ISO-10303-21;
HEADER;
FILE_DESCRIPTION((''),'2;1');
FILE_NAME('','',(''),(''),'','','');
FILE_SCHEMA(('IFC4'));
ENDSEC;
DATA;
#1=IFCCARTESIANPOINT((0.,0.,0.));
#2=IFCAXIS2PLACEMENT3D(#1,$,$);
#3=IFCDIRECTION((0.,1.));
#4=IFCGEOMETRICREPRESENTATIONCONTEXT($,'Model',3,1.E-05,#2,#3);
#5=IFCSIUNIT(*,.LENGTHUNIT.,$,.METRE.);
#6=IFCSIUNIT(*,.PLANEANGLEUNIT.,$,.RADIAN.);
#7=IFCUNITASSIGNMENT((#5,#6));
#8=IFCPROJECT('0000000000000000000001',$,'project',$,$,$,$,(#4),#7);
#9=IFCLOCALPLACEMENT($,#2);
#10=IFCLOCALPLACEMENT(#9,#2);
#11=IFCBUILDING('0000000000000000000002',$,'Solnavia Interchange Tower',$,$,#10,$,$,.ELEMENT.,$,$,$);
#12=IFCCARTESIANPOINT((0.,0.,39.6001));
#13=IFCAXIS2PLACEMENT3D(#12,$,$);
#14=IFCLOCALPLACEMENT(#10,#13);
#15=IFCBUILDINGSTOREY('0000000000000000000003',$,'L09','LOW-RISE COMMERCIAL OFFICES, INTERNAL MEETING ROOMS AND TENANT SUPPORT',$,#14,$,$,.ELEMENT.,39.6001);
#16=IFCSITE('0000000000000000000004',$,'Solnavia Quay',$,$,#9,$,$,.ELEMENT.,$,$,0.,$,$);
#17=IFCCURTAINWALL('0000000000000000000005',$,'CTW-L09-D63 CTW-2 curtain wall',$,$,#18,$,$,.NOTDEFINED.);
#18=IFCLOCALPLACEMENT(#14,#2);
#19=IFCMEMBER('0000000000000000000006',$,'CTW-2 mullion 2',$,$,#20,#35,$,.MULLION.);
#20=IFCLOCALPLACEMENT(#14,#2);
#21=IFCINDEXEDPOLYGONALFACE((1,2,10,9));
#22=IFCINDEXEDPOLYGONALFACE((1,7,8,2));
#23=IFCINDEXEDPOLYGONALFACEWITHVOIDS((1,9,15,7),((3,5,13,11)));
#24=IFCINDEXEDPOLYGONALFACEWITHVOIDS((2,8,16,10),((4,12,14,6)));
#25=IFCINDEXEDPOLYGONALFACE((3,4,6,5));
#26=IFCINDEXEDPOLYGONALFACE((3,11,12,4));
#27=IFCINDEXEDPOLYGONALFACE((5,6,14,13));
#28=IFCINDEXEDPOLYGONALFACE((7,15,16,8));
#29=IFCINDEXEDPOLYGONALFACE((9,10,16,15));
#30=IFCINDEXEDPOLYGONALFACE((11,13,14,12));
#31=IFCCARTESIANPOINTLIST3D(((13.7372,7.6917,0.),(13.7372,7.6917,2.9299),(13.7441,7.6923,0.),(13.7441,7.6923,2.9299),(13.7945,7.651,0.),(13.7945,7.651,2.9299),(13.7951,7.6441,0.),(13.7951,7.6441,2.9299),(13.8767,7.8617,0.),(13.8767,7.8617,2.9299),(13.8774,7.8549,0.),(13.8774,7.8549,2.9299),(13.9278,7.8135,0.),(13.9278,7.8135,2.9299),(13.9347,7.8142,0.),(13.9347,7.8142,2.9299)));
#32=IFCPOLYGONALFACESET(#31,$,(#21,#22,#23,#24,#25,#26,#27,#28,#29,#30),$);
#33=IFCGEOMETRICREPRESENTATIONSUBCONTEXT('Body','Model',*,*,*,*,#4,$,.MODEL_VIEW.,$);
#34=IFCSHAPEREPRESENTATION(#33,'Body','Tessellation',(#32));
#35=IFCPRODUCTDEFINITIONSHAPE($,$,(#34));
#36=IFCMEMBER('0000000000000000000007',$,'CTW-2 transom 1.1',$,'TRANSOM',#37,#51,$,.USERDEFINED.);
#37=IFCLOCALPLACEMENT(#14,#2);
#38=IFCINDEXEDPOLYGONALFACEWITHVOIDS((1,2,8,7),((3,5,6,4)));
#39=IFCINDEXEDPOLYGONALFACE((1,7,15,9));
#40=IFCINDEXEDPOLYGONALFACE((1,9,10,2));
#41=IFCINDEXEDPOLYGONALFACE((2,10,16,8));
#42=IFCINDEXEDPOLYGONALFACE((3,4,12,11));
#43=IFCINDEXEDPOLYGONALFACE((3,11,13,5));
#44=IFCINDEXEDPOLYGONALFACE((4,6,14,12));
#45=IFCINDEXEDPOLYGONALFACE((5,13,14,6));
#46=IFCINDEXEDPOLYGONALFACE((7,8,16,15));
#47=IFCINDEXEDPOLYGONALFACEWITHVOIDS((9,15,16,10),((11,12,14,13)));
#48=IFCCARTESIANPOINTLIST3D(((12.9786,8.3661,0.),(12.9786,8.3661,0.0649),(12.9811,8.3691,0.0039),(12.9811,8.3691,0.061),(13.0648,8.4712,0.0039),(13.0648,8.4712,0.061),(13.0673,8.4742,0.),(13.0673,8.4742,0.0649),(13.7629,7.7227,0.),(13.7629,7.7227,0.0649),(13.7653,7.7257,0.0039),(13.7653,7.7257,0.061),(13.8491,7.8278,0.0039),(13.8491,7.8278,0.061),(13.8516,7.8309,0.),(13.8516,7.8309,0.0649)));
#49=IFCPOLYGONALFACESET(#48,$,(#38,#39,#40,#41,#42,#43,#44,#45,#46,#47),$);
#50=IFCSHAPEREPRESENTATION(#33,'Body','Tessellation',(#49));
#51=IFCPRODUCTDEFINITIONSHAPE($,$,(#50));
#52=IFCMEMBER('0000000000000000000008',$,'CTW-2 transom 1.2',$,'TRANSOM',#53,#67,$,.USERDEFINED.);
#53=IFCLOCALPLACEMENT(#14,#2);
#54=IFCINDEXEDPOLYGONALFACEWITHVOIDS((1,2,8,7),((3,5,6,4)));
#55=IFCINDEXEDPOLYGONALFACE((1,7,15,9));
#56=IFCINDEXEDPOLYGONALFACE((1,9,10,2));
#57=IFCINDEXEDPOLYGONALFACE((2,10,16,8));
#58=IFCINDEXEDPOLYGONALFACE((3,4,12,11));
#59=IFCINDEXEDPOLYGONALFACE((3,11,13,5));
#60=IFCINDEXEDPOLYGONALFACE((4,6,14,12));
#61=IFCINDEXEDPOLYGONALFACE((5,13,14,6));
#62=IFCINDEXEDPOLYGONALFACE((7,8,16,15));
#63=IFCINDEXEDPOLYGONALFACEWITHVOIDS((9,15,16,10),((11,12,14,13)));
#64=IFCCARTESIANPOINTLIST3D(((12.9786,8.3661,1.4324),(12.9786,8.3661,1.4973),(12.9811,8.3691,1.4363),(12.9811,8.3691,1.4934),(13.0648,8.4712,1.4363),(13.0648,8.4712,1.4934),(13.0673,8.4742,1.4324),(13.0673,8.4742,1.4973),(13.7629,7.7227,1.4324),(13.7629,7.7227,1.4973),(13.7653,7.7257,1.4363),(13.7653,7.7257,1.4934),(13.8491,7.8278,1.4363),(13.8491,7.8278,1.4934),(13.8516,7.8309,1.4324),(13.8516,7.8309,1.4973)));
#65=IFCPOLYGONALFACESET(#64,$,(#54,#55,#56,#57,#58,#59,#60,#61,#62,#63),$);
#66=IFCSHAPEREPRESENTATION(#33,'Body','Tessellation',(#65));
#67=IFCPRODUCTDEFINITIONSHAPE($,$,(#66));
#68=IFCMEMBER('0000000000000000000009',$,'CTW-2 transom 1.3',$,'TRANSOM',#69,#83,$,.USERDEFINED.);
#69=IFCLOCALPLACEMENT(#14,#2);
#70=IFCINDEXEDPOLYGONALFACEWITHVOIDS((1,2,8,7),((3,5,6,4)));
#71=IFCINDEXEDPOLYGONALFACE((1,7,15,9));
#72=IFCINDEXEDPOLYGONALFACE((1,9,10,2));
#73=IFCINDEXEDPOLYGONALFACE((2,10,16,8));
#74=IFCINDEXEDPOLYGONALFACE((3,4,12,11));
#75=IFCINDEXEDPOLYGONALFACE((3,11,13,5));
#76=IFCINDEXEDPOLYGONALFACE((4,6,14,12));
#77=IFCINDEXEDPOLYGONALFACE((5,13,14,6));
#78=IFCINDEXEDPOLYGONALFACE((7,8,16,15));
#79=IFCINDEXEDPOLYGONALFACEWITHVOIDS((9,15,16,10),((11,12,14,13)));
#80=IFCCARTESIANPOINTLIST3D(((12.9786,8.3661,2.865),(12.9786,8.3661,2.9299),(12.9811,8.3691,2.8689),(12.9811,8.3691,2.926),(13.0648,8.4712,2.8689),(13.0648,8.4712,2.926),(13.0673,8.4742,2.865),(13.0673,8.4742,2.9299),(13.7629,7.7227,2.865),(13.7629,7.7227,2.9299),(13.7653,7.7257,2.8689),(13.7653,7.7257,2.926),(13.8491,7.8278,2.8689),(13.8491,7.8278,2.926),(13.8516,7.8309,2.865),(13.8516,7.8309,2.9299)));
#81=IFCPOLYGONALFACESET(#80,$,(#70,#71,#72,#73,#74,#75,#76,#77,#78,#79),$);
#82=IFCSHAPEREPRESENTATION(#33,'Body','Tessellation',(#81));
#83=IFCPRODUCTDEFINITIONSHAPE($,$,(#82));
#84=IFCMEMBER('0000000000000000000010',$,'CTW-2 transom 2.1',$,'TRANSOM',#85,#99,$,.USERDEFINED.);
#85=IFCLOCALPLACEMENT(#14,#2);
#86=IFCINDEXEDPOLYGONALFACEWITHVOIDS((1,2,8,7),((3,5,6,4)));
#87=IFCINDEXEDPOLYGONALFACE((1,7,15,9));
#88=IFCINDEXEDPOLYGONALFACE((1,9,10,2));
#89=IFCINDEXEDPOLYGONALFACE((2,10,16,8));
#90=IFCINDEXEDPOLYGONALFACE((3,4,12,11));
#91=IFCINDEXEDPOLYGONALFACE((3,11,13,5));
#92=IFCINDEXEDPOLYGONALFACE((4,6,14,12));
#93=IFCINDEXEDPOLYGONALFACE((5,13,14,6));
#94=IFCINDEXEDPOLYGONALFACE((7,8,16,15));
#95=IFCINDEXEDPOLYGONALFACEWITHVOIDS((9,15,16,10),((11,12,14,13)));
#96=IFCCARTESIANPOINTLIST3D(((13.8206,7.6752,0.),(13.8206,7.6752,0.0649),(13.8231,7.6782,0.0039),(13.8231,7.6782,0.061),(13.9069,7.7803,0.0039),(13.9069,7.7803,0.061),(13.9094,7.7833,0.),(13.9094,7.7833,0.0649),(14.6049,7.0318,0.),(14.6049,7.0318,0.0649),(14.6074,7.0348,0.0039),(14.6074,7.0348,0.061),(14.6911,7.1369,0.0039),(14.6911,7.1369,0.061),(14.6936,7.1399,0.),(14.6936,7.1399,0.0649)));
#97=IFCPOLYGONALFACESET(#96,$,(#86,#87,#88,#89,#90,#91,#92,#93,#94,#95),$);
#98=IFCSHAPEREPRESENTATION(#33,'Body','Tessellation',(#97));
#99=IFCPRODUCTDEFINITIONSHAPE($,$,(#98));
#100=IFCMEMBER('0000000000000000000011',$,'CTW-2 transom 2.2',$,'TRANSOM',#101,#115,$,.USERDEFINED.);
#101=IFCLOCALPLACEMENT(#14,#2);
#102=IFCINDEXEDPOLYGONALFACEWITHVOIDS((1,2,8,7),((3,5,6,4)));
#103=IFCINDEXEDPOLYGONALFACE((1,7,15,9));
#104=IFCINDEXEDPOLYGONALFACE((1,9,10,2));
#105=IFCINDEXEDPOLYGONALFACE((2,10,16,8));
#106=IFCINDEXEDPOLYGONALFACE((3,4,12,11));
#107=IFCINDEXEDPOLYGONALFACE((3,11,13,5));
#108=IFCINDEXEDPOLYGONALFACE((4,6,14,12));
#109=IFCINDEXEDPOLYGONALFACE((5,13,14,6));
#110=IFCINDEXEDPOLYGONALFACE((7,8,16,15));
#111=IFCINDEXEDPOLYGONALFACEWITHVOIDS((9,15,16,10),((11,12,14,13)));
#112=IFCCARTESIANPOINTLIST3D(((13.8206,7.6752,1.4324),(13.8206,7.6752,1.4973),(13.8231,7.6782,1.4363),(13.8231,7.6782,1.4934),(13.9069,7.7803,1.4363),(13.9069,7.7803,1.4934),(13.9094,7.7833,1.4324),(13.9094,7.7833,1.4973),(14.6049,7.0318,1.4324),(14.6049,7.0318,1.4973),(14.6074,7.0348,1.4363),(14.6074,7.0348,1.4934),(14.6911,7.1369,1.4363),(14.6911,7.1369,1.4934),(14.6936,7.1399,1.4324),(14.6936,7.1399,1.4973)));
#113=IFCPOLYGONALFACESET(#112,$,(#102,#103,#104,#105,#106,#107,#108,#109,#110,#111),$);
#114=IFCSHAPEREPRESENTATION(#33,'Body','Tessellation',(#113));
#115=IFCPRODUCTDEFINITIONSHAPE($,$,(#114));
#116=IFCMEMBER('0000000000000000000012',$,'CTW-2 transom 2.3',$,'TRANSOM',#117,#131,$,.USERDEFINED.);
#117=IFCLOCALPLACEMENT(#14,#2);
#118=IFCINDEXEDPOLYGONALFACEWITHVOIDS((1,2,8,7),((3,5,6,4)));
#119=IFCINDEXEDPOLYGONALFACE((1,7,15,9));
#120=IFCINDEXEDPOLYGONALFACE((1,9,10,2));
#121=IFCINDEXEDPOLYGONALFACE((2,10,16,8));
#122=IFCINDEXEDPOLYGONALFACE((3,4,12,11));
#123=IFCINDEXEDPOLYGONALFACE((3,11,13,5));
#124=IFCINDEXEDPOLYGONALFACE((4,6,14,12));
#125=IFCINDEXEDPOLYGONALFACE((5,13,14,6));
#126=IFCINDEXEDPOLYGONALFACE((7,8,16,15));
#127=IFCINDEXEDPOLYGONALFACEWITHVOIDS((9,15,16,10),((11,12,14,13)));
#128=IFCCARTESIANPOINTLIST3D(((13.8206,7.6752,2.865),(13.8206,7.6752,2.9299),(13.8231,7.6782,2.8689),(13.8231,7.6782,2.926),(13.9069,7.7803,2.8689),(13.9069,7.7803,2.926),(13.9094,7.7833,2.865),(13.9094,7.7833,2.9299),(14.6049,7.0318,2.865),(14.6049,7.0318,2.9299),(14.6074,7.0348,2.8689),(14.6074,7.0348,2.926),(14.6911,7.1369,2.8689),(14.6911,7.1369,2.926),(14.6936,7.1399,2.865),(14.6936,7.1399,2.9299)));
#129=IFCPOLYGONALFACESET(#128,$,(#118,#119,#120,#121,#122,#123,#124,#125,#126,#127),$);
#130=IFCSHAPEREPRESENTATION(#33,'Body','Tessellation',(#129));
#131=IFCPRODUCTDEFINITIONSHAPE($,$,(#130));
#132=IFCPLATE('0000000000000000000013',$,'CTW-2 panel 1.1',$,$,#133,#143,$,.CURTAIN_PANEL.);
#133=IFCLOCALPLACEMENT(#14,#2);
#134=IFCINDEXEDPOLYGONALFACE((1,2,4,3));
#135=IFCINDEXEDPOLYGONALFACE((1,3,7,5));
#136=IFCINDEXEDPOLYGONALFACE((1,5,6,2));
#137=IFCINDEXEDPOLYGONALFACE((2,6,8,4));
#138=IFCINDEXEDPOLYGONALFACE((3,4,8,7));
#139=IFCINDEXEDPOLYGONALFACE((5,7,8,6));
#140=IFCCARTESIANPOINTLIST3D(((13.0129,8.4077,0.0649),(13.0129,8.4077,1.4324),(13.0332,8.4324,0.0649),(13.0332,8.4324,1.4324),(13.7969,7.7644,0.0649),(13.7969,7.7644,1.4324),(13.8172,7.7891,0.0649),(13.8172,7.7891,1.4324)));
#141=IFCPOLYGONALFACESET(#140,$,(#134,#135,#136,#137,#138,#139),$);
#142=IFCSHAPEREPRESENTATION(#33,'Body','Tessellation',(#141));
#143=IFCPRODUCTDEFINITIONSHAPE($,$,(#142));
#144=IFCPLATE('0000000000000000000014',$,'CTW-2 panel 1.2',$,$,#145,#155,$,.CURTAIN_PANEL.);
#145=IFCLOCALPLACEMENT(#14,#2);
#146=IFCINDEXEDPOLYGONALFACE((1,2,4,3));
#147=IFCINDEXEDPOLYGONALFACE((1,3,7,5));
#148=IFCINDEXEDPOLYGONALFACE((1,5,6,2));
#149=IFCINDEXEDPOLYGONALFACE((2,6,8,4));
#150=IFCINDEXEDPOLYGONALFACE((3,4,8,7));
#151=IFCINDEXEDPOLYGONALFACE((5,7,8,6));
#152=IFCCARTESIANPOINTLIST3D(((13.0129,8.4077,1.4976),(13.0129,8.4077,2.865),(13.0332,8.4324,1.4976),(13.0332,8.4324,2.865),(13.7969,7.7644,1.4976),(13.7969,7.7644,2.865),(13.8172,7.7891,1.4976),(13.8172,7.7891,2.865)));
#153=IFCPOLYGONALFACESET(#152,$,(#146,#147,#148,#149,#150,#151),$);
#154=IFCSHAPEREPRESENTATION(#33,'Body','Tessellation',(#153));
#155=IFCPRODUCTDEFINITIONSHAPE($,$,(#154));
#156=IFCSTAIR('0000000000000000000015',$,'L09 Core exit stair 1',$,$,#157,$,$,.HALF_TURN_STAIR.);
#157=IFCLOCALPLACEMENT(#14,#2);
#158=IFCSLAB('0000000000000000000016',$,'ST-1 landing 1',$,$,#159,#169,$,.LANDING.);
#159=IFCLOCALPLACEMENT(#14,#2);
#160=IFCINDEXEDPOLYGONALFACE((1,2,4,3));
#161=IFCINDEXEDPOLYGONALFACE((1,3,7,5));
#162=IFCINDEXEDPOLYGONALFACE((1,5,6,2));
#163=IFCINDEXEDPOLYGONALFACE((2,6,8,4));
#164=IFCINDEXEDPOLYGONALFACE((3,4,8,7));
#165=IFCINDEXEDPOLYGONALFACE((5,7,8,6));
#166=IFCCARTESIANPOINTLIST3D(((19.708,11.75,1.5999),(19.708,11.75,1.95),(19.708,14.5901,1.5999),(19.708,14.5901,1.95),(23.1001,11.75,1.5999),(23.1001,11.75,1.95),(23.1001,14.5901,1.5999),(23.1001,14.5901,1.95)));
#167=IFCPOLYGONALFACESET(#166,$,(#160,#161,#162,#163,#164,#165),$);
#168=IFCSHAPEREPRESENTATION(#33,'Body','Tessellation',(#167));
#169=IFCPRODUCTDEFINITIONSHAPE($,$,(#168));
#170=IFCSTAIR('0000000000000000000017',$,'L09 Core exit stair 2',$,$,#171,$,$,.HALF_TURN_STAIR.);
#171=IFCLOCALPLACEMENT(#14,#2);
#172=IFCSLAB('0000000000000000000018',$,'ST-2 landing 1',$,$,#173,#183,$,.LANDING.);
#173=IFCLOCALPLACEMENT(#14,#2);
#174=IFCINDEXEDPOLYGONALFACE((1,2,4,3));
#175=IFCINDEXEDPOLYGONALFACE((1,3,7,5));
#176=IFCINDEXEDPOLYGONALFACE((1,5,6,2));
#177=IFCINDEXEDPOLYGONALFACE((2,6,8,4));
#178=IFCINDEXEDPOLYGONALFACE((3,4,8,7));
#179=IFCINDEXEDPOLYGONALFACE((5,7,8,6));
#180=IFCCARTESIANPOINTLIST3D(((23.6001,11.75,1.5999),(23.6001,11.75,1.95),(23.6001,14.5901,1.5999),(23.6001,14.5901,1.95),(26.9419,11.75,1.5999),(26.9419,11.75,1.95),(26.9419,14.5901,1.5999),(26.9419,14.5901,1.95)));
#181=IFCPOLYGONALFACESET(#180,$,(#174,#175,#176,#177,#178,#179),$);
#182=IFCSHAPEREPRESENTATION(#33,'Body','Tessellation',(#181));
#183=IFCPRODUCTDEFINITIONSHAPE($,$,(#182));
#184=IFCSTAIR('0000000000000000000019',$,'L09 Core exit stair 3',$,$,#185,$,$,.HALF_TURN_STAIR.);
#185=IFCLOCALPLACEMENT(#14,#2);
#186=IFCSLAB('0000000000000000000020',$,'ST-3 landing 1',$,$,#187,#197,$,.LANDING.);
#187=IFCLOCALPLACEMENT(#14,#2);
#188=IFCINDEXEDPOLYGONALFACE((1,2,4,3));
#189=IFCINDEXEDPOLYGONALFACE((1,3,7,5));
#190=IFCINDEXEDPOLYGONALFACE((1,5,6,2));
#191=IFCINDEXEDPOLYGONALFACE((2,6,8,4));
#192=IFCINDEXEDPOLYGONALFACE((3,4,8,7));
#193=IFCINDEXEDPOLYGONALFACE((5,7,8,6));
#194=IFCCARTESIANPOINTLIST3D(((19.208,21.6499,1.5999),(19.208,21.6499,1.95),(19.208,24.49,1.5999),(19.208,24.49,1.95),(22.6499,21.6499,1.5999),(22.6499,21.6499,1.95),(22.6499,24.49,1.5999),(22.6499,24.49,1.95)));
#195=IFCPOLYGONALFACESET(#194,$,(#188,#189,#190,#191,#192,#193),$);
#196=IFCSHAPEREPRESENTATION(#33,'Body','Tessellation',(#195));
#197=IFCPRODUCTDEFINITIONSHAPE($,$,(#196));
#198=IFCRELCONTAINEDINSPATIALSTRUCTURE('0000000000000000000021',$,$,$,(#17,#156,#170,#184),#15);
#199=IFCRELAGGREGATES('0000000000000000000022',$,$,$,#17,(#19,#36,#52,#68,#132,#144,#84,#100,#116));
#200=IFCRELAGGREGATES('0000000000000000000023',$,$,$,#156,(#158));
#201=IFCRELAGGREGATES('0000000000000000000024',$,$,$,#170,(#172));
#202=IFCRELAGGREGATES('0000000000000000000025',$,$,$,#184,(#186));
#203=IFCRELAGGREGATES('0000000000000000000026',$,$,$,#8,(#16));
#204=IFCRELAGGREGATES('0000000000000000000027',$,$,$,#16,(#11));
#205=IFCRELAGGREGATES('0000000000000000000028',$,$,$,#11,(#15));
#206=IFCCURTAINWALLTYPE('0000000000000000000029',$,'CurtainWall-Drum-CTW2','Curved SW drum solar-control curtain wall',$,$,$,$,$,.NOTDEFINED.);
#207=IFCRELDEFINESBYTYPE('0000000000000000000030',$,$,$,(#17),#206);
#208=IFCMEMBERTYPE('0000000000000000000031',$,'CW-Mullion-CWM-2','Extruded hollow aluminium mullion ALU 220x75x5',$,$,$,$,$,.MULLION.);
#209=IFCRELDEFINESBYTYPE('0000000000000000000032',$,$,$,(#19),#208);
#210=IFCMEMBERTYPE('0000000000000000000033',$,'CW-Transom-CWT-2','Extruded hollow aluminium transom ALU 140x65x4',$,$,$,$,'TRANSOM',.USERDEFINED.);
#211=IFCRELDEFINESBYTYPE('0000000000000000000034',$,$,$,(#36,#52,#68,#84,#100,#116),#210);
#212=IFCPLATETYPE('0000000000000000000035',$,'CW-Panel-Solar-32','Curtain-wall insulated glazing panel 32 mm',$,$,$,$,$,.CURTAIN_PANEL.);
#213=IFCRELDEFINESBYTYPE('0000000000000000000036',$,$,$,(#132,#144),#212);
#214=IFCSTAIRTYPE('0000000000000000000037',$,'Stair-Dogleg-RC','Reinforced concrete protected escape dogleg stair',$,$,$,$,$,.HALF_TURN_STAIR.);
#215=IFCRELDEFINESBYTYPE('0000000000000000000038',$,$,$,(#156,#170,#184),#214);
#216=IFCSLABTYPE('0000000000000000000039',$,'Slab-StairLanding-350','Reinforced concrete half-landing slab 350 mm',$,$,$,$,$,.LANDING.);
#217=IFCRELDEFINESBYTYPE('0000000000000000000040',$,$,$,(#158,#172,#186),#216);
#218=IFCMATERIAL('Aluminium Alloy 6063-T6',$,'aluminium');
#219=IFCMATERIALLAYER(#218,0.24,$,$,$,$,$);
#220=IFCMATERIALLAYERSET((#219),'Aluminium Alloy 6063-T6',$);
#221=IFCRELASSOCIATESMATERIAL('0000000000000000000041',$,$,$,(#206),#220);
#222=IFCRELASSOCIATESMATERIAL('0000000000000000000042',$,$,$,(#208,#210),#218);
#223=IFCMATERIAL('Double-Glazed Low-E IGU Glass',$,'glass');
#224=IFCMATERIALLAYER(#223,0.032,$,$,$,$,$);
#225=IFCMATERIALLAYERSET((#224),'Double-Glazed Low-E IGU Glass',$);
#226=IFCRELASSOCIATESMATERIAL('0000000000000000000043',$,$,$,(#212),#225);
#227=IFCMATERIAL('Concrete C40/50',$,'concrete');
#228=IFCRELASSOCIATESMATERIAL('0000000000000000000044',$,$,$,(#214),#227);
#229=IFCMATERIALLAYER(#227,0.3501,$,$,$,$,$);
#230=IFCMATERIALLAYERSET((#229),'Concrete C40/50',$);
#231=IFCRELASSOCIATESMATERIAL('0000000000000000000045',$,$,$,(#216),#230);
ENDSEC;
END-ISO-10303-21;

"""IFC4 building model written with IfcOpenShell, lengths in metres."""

from ifc_helpers import new_model, si_unit, direction, frame, origin, origin_2d, place, context, subcontext, project, spatial, polyline, rectangle, hollow_rectangle, outline, extrude, material, layer, layer_set, material_profile, profile_set, type_object, element, aggregate, save


model = new_model("IFC4")

# Units and contexts
model_context = context("Model", 3, precision=1e-05, world=origin(), true_north=direction((0.0, 1.0)))
body_context = subcontext(model_context, "Body", "Model", "MODEL_VIEW")
ifc_project = project(units=[si_unit("LENGTHUNIT", "METRE"), si_unit("PLANEANGLEUNIT", "RADIAN")], contexts=[model_context])

# Site, building, storey
site_placement = place(None, origin())
site = spatial("IfcSite", under=ifc_project, at=site_placement, Name="Solnavia Quay", CompositionType="ELEMENT", RefElevation=0.0)
building_placement = place(site_placement, origin())
building = spatial("IfcBuilding", under=site, at=building_placement, Name="Solnavia Interchange Tower", CompositionType="ELEMENT")
storey_placement = place(building_placement, frame((0.0, 0.0, 39.6001)))
storey = spatial("IfcBuildingStorey", under=building, at=storey_placement, Name="L09", Description="LOW-RISE COMMERCIAL OFFICES, INTERNAL MEETING ROOMS AND TENANT SUPPORT", CompositionType="ELEMENT", Elevation=39.6001)

# Curtain wall, members, plates
ifc_material_1 = material(Name="Aluminium Alloy 6063-T6", Category="aluminium")
ifc_layer_1 = layer(ifc_material_1, 0.24)
ifc_layer_set_1 = layer_set([ifc_layer_1], Name="Aluminium Alloy 6063-T6")
curtain_wall_type = type_object("IfcCurtainWallType", Name="CurtainWall-Drum-CTW2", Description="Curved SW drum solar-control curtain wall", PredefinedType="NOTDEFINED", material=ifc_layer_set_1)
curtain_wall_placement = place(storey_placement, origin())
curtain_wall = element("IfcCurtainWall", 1, at=curtain_wall_placement, inside=storey, type_object=curtain_wall_type, Name="CTW-L09-D63 CTW-2 curtain wall", PredefinedType="NOTDEFINED")
ifc_material_profile_1 = material_profile(ifc_material_1, hollow_rectangle(XDim=0.075, YDim=0.22, WallThickness=0.0049, at=origin_2d()), Name="ALU 220x75x5")
ifc_profile_set_1 = profile_set([ifc_material_profile_1], Name="Aluminium Alloy 6063-T6")
member_type_1 = type_object("IfcMemberType", Name="CW-Mullion-CWM-2", Description="Extruded hollow aluminium mullion ALU 220x75x5", PredefinedType="MULLION", material=ifc_profile_set_1)
member_1_placement = place(storey_placement, frame((13.8359, 7.7529, 0.0), z_axis=(0.0, 0.0, 1.0), x_axis=(0.773095, -0.634291, 0.0)))
member_1 = element("IfcMember", 2, at=member_1_placement, type_object=member_type_1, Name="CTW-2 mullion 2", PredefinedType="MULLION", context=body_context, shape_type="SweptSolid", body=[
    extrude(hollow_rectangle(XDim=0.075, YDim=0.22, WallThickness=0.0049, at=origin_2d()), origin(), (0.0, 0.0, 1.0), 2.9299),
])
ifc_material_profile_2 = material_profile(ifc_material_1, hollow_rectangle(XDim=0.0649, YDim=0.1399, WallThickness=0.0039, at=origin_2d()), Name="ALU 140x65x4")
ifc_profile_set_2 = profile_set([ifc_material_profile_2], Name="Aluminium Alloy 6063-T6")
member_type_2 = type_object("IfcMemberType", Name="CW-Transom-CWT-2", Description="Extruded hollow aluminium transom ALU 140x65x4", ElementType="TRANSOM", PredefinedType="USERDEFINED", material=ifc_profile_set_2)
member_2_placement = place(storey_placement, frame((13.0229, 8.4202, 0.0325), z_axis=(0.773131, -0.634247, 0.0), x_axis=(0.0, 0.0, 1.0)))
member_2 = element("IfcMember", 3, at=member_2_placement, type_object=member_type_2, Name="CTW-2 transom 1.1", ObjectType="TRANSOM", PredefinedType="USERDEFINED", context=body_context, shape_type="SweptSolid", body=[
    extrude(hollow_rectangle(XDim=0.0649, YDim=0.1399, WallThickness=0.0039, at=origin_2d()), origin(), (0.0, 0.0, 1.0), 1.0144),
])
member_3_placement = place(storey_placement, frame((13.0229, 8.4202, 1.4648), z_axis=(0.773131, -0.634247, 0.0), x_axis=(0.0, 0.0, 1.0)))
member_3 = element("IfcMember", 4, at=member_3_placement, type_object=member_type_2, Name="CTW-2 transom 1.2", ObjectType="TRANSOM", PredefinedType="USERDEFINED", context=body_context, shape_type="SweptSolid", body=[
    extrude(hollow_rectangle(XDim=0.0649, YDim=0.1399, WallThickness=0.0039, at=origin_2d()), origin(), (0.0, 0.0, 1.0), 1.0144),
])
member_4_placement = place(storey_placement, frame((13.0229, 8.4202, 2.8975), z_axis=(0.773131, -0.634247, 0.0), x_axis=(0.0, 0.0, 1.0)))
member_4 = element("IfcMember", 5, at=member_4_placement, type_object=member_type_2, Name="CTW-2 transom 1.3", ObjectType="TRANSOM", PredefinedType="USERDEFINED", context=body_context, shape_type="SweptSolid", body=[
    extrude(hollow_rectangle(XDim=0.0649, YDim=0.1399, WallThickness=0.0039, at=origin_2d()), origin(), (0.0, 0.0, 1.0), 1.0144),
])
member_5_placement = place(storey_placement, frame((13.865, 7.7292, 0.0325), z_axis=(0.773131, -0.634247, 0.0), x_axis=(0.0, 0.0, 1.0)))
member_5 = element("IfcMember", 6, at=member_5_placement, type_object=member_type_2, Name="CTW-2 transom 2.1", ObjectType="TRANSOM", PredefinedType="USERDEFINED", context=body_context, shape_type="SweptSolid", body=[
    extrude(hollow_rectangle(XDim=0.0649, YDim=0.1399, WallThickness=0.0039, at=origin_2d()), origin(), (0.0, 0.0, 1.0), 1.0144),
])
member_6_placement = place(storey_placement, frame((13.865, 7.7292, 1.4648), z_axis=(0.773131, -0.634247, 0.0), x_axis=(0.0, 0.0, 1.0)))
member_6 = element("IfcMember", 7, at=member_6_placement, type_object=member_type_2, Name="CTW-2 transom 2.2", ObjectType="TRANSOM", PredefinedType="USERDEFINED", context=body_context, shape_type="SweptSolid", body=[
    extrude(hollow_rectangle(XDim=0.0649, YDim=0.1399, WallThickness=0.0039, at=origin_2d()), origin(), (0.0, 0.0, 1.0), 1.0144),
])
member_7_placement = place(storey_placement, frame((13.865, 7.7292, 2.8975), z_axis=(0.773131, -0.634247, 0.0), x_axis=(0.0, 0.0, 1.0)))
member_7 = element("IfcMember", 8, at=member_7_placement, type_object=member_type_2, Name="CTW-2 transom 2.3", ObjectType="TRANSOM", PredefinedType="USERDEFINED", context=body_context, shape_type="SweptSolid", body=[
    extrude(hollow_rectangle(XDim=0.0649, YDim=0.1399, WallThickness=0.0039, at=origin_2d()), origin(), (0.0, 0.0, 1.0), 1.0144),
])
ifc_material_2 = material(Name="Double-Glazed Low-E IGU Glass", Category="glass")
ifc_layer_2 = layer(ifc_material_2, 0.032)
ifc_layer_set_2 = layer_set([ifc_layer_2], Name="Double-Glazed Low-E IGU Glass")
plate_type = type_object("IfcPlateType", Name="CW-Panel-Solar-32", Description="Curtain-wall insulated glazing panel 32 mm", PredefinedType="CURTAIN_PANEL", material=ifc_layer_set_2)
plate_1_placement = place(storey_placement, frame((13.415, 8.0984, 0.0649), z_axis=(0.0, 0.0, 1.0), x_axis=(0.773095, -0.634291, 0.0)))
plate_1 = element("IfcPlate", 9, at=plate_1_placement, type_object=plate_type, Name="CTW-2 panel 1.1", PredefinedType="CURTAIN_PANEL", context=body_context, shape_type="SweptSolid", body=[
    extrude(rectangle(XDim=1.0142, YDim=0.032, at=origin_2d()), origin(), (0.0, 0.0, 1.0), 1.3674),
])
plate_2_placement = place(storey_placement, frame((13.415, 8.0984, 1.4976), z_axis=(0.0, 0.0, 1.0), x_axis=(0.773095, -0.634291, 0.0)))
plate_2 = element("IfcPlate", 10, at=plate_2_placement, type_object=plate_type, Name="CTW-2 panel 1.2", PredefinedType="CURTAIN_PANEL", context=body_context, shape_type="SweptSolid", body=[
    extrude(rectangle(XDim=1.0142, YDim=0.032, at=origin_2d()), origin(), (0.0, 0.0, 1.0), 1.3674),
])
aggregate(curtain_wall, [member_1, member_2, member_3, member_4, plate_1, plate_2, member_5, member_6, member_7])

# Stairs, slabs
ifc_material_3 = material(Name="Concrete C40/50", Category="concrete")
stair_type = type_object("IfcStairType", Name="Stair-Dogleg-RC", Description="Reinforced concrete protected escape dogleg stair", PredefinedType="HALF_TURN_STAIR", material=ifc_material_3)
stair_1_placement = place(storey_placement, origin())
stair_1 = element("IfcStair", 11, at=stair_1_placement, inside=storey, type_object=stair_type, Name="L09 Core exit stair 1", PredefinedType="HALF_TURN_STAIR")
ifc_layer_3 = layer(ifc_material_3, 0.3501)
ifc_layer_set_3 = layer_set([ifc_layer_3], Name="Concrete C40/50")
slab_type_1 = type_object("IfcSlabType", Name="Slab-StairLanding-350", Description="Reinforced concrete half-landing slab 350 mm", PredefinedType="LANDING", material=ifc_layer_set_3)
slab_1_placement = place(storey_placement, frame((0.0, 0.0, 1.5999)))
slab_1 = element("IfcSlab", 12, at=slab_1_placement, type_object=slab_type_1, Name="ST-1 landing 1", PredefinedType="LANDING", context=body_context, shape_type="SweptSolid", body=[
    extrude(outline(polyline([(19.708, 11.75), (23.1001, 11.75), (23.1001, 14.5901), (19.708, 14.5901), (19.708, 11.75)])), origin(), (0.0, 0.0, 1.0), 0.3501),
])
aggregate(stair_1, [slab_1])
stair_2_placement = place(storey_placement, origin())
stair_2 = element("IfcStair", 13, at=stair_2_placement, inside=storey, type_object=stair_type, Name="L09 Core exit stair 2", PredefinedType="HALF_TURN_STAIR")
slab_2_placement = place(storey_placement, frame((0.0, 0.0, 1.5999)))
slab_2 = element("IfcSlab", 14, at=slab_2_placement, type_object=slab_type_1, Name="ST-2 landing 1", PredefinedType="LANDING", context=body_context, shape_type="SweptSolid", body=[
    extrude(outline(polyline([(23.6001, 11.75), (26.9419, 11.75), (26.9419, 14.5901), (23.6001, 14.5901), (23.6001, 11.75)])), origin(), (0.0, 0.0, 1.0), 0.3501),
])
aggregate(stair_2, [slab_2])
stair_3_placement = place(storey_placement, origin())
stair_3 = element("IfcStair", 15, at=stair_3_placement, inside=storey, type_object=stair_type, Name="L09 Core exit stair 3", PredefinedType="HALF_TURN_STAIR")
slab_3_placement = place(storey_placement, frame((0.0, 0.0, 1.5999)))
slab_3 = element("IfcSlab", 16, at=slab_3_placement, type_object=slab_type_1, Name="ST-3 landing 1", PredefinedType="LANDING", context=body_context, shape_type="SweptSolid", body=[
    extrude(outline(polyline([(19.208, 21.6499), (22.6499, 21.6499), (22.6499, 24.49), (19.208, 24.49), (19.208, 21.6499)])), origin(), (0.0, 0.0, 1.0), 0.3501),
])
aggregate(stair_3, [slab_3])

save(model, "model.ifc")
